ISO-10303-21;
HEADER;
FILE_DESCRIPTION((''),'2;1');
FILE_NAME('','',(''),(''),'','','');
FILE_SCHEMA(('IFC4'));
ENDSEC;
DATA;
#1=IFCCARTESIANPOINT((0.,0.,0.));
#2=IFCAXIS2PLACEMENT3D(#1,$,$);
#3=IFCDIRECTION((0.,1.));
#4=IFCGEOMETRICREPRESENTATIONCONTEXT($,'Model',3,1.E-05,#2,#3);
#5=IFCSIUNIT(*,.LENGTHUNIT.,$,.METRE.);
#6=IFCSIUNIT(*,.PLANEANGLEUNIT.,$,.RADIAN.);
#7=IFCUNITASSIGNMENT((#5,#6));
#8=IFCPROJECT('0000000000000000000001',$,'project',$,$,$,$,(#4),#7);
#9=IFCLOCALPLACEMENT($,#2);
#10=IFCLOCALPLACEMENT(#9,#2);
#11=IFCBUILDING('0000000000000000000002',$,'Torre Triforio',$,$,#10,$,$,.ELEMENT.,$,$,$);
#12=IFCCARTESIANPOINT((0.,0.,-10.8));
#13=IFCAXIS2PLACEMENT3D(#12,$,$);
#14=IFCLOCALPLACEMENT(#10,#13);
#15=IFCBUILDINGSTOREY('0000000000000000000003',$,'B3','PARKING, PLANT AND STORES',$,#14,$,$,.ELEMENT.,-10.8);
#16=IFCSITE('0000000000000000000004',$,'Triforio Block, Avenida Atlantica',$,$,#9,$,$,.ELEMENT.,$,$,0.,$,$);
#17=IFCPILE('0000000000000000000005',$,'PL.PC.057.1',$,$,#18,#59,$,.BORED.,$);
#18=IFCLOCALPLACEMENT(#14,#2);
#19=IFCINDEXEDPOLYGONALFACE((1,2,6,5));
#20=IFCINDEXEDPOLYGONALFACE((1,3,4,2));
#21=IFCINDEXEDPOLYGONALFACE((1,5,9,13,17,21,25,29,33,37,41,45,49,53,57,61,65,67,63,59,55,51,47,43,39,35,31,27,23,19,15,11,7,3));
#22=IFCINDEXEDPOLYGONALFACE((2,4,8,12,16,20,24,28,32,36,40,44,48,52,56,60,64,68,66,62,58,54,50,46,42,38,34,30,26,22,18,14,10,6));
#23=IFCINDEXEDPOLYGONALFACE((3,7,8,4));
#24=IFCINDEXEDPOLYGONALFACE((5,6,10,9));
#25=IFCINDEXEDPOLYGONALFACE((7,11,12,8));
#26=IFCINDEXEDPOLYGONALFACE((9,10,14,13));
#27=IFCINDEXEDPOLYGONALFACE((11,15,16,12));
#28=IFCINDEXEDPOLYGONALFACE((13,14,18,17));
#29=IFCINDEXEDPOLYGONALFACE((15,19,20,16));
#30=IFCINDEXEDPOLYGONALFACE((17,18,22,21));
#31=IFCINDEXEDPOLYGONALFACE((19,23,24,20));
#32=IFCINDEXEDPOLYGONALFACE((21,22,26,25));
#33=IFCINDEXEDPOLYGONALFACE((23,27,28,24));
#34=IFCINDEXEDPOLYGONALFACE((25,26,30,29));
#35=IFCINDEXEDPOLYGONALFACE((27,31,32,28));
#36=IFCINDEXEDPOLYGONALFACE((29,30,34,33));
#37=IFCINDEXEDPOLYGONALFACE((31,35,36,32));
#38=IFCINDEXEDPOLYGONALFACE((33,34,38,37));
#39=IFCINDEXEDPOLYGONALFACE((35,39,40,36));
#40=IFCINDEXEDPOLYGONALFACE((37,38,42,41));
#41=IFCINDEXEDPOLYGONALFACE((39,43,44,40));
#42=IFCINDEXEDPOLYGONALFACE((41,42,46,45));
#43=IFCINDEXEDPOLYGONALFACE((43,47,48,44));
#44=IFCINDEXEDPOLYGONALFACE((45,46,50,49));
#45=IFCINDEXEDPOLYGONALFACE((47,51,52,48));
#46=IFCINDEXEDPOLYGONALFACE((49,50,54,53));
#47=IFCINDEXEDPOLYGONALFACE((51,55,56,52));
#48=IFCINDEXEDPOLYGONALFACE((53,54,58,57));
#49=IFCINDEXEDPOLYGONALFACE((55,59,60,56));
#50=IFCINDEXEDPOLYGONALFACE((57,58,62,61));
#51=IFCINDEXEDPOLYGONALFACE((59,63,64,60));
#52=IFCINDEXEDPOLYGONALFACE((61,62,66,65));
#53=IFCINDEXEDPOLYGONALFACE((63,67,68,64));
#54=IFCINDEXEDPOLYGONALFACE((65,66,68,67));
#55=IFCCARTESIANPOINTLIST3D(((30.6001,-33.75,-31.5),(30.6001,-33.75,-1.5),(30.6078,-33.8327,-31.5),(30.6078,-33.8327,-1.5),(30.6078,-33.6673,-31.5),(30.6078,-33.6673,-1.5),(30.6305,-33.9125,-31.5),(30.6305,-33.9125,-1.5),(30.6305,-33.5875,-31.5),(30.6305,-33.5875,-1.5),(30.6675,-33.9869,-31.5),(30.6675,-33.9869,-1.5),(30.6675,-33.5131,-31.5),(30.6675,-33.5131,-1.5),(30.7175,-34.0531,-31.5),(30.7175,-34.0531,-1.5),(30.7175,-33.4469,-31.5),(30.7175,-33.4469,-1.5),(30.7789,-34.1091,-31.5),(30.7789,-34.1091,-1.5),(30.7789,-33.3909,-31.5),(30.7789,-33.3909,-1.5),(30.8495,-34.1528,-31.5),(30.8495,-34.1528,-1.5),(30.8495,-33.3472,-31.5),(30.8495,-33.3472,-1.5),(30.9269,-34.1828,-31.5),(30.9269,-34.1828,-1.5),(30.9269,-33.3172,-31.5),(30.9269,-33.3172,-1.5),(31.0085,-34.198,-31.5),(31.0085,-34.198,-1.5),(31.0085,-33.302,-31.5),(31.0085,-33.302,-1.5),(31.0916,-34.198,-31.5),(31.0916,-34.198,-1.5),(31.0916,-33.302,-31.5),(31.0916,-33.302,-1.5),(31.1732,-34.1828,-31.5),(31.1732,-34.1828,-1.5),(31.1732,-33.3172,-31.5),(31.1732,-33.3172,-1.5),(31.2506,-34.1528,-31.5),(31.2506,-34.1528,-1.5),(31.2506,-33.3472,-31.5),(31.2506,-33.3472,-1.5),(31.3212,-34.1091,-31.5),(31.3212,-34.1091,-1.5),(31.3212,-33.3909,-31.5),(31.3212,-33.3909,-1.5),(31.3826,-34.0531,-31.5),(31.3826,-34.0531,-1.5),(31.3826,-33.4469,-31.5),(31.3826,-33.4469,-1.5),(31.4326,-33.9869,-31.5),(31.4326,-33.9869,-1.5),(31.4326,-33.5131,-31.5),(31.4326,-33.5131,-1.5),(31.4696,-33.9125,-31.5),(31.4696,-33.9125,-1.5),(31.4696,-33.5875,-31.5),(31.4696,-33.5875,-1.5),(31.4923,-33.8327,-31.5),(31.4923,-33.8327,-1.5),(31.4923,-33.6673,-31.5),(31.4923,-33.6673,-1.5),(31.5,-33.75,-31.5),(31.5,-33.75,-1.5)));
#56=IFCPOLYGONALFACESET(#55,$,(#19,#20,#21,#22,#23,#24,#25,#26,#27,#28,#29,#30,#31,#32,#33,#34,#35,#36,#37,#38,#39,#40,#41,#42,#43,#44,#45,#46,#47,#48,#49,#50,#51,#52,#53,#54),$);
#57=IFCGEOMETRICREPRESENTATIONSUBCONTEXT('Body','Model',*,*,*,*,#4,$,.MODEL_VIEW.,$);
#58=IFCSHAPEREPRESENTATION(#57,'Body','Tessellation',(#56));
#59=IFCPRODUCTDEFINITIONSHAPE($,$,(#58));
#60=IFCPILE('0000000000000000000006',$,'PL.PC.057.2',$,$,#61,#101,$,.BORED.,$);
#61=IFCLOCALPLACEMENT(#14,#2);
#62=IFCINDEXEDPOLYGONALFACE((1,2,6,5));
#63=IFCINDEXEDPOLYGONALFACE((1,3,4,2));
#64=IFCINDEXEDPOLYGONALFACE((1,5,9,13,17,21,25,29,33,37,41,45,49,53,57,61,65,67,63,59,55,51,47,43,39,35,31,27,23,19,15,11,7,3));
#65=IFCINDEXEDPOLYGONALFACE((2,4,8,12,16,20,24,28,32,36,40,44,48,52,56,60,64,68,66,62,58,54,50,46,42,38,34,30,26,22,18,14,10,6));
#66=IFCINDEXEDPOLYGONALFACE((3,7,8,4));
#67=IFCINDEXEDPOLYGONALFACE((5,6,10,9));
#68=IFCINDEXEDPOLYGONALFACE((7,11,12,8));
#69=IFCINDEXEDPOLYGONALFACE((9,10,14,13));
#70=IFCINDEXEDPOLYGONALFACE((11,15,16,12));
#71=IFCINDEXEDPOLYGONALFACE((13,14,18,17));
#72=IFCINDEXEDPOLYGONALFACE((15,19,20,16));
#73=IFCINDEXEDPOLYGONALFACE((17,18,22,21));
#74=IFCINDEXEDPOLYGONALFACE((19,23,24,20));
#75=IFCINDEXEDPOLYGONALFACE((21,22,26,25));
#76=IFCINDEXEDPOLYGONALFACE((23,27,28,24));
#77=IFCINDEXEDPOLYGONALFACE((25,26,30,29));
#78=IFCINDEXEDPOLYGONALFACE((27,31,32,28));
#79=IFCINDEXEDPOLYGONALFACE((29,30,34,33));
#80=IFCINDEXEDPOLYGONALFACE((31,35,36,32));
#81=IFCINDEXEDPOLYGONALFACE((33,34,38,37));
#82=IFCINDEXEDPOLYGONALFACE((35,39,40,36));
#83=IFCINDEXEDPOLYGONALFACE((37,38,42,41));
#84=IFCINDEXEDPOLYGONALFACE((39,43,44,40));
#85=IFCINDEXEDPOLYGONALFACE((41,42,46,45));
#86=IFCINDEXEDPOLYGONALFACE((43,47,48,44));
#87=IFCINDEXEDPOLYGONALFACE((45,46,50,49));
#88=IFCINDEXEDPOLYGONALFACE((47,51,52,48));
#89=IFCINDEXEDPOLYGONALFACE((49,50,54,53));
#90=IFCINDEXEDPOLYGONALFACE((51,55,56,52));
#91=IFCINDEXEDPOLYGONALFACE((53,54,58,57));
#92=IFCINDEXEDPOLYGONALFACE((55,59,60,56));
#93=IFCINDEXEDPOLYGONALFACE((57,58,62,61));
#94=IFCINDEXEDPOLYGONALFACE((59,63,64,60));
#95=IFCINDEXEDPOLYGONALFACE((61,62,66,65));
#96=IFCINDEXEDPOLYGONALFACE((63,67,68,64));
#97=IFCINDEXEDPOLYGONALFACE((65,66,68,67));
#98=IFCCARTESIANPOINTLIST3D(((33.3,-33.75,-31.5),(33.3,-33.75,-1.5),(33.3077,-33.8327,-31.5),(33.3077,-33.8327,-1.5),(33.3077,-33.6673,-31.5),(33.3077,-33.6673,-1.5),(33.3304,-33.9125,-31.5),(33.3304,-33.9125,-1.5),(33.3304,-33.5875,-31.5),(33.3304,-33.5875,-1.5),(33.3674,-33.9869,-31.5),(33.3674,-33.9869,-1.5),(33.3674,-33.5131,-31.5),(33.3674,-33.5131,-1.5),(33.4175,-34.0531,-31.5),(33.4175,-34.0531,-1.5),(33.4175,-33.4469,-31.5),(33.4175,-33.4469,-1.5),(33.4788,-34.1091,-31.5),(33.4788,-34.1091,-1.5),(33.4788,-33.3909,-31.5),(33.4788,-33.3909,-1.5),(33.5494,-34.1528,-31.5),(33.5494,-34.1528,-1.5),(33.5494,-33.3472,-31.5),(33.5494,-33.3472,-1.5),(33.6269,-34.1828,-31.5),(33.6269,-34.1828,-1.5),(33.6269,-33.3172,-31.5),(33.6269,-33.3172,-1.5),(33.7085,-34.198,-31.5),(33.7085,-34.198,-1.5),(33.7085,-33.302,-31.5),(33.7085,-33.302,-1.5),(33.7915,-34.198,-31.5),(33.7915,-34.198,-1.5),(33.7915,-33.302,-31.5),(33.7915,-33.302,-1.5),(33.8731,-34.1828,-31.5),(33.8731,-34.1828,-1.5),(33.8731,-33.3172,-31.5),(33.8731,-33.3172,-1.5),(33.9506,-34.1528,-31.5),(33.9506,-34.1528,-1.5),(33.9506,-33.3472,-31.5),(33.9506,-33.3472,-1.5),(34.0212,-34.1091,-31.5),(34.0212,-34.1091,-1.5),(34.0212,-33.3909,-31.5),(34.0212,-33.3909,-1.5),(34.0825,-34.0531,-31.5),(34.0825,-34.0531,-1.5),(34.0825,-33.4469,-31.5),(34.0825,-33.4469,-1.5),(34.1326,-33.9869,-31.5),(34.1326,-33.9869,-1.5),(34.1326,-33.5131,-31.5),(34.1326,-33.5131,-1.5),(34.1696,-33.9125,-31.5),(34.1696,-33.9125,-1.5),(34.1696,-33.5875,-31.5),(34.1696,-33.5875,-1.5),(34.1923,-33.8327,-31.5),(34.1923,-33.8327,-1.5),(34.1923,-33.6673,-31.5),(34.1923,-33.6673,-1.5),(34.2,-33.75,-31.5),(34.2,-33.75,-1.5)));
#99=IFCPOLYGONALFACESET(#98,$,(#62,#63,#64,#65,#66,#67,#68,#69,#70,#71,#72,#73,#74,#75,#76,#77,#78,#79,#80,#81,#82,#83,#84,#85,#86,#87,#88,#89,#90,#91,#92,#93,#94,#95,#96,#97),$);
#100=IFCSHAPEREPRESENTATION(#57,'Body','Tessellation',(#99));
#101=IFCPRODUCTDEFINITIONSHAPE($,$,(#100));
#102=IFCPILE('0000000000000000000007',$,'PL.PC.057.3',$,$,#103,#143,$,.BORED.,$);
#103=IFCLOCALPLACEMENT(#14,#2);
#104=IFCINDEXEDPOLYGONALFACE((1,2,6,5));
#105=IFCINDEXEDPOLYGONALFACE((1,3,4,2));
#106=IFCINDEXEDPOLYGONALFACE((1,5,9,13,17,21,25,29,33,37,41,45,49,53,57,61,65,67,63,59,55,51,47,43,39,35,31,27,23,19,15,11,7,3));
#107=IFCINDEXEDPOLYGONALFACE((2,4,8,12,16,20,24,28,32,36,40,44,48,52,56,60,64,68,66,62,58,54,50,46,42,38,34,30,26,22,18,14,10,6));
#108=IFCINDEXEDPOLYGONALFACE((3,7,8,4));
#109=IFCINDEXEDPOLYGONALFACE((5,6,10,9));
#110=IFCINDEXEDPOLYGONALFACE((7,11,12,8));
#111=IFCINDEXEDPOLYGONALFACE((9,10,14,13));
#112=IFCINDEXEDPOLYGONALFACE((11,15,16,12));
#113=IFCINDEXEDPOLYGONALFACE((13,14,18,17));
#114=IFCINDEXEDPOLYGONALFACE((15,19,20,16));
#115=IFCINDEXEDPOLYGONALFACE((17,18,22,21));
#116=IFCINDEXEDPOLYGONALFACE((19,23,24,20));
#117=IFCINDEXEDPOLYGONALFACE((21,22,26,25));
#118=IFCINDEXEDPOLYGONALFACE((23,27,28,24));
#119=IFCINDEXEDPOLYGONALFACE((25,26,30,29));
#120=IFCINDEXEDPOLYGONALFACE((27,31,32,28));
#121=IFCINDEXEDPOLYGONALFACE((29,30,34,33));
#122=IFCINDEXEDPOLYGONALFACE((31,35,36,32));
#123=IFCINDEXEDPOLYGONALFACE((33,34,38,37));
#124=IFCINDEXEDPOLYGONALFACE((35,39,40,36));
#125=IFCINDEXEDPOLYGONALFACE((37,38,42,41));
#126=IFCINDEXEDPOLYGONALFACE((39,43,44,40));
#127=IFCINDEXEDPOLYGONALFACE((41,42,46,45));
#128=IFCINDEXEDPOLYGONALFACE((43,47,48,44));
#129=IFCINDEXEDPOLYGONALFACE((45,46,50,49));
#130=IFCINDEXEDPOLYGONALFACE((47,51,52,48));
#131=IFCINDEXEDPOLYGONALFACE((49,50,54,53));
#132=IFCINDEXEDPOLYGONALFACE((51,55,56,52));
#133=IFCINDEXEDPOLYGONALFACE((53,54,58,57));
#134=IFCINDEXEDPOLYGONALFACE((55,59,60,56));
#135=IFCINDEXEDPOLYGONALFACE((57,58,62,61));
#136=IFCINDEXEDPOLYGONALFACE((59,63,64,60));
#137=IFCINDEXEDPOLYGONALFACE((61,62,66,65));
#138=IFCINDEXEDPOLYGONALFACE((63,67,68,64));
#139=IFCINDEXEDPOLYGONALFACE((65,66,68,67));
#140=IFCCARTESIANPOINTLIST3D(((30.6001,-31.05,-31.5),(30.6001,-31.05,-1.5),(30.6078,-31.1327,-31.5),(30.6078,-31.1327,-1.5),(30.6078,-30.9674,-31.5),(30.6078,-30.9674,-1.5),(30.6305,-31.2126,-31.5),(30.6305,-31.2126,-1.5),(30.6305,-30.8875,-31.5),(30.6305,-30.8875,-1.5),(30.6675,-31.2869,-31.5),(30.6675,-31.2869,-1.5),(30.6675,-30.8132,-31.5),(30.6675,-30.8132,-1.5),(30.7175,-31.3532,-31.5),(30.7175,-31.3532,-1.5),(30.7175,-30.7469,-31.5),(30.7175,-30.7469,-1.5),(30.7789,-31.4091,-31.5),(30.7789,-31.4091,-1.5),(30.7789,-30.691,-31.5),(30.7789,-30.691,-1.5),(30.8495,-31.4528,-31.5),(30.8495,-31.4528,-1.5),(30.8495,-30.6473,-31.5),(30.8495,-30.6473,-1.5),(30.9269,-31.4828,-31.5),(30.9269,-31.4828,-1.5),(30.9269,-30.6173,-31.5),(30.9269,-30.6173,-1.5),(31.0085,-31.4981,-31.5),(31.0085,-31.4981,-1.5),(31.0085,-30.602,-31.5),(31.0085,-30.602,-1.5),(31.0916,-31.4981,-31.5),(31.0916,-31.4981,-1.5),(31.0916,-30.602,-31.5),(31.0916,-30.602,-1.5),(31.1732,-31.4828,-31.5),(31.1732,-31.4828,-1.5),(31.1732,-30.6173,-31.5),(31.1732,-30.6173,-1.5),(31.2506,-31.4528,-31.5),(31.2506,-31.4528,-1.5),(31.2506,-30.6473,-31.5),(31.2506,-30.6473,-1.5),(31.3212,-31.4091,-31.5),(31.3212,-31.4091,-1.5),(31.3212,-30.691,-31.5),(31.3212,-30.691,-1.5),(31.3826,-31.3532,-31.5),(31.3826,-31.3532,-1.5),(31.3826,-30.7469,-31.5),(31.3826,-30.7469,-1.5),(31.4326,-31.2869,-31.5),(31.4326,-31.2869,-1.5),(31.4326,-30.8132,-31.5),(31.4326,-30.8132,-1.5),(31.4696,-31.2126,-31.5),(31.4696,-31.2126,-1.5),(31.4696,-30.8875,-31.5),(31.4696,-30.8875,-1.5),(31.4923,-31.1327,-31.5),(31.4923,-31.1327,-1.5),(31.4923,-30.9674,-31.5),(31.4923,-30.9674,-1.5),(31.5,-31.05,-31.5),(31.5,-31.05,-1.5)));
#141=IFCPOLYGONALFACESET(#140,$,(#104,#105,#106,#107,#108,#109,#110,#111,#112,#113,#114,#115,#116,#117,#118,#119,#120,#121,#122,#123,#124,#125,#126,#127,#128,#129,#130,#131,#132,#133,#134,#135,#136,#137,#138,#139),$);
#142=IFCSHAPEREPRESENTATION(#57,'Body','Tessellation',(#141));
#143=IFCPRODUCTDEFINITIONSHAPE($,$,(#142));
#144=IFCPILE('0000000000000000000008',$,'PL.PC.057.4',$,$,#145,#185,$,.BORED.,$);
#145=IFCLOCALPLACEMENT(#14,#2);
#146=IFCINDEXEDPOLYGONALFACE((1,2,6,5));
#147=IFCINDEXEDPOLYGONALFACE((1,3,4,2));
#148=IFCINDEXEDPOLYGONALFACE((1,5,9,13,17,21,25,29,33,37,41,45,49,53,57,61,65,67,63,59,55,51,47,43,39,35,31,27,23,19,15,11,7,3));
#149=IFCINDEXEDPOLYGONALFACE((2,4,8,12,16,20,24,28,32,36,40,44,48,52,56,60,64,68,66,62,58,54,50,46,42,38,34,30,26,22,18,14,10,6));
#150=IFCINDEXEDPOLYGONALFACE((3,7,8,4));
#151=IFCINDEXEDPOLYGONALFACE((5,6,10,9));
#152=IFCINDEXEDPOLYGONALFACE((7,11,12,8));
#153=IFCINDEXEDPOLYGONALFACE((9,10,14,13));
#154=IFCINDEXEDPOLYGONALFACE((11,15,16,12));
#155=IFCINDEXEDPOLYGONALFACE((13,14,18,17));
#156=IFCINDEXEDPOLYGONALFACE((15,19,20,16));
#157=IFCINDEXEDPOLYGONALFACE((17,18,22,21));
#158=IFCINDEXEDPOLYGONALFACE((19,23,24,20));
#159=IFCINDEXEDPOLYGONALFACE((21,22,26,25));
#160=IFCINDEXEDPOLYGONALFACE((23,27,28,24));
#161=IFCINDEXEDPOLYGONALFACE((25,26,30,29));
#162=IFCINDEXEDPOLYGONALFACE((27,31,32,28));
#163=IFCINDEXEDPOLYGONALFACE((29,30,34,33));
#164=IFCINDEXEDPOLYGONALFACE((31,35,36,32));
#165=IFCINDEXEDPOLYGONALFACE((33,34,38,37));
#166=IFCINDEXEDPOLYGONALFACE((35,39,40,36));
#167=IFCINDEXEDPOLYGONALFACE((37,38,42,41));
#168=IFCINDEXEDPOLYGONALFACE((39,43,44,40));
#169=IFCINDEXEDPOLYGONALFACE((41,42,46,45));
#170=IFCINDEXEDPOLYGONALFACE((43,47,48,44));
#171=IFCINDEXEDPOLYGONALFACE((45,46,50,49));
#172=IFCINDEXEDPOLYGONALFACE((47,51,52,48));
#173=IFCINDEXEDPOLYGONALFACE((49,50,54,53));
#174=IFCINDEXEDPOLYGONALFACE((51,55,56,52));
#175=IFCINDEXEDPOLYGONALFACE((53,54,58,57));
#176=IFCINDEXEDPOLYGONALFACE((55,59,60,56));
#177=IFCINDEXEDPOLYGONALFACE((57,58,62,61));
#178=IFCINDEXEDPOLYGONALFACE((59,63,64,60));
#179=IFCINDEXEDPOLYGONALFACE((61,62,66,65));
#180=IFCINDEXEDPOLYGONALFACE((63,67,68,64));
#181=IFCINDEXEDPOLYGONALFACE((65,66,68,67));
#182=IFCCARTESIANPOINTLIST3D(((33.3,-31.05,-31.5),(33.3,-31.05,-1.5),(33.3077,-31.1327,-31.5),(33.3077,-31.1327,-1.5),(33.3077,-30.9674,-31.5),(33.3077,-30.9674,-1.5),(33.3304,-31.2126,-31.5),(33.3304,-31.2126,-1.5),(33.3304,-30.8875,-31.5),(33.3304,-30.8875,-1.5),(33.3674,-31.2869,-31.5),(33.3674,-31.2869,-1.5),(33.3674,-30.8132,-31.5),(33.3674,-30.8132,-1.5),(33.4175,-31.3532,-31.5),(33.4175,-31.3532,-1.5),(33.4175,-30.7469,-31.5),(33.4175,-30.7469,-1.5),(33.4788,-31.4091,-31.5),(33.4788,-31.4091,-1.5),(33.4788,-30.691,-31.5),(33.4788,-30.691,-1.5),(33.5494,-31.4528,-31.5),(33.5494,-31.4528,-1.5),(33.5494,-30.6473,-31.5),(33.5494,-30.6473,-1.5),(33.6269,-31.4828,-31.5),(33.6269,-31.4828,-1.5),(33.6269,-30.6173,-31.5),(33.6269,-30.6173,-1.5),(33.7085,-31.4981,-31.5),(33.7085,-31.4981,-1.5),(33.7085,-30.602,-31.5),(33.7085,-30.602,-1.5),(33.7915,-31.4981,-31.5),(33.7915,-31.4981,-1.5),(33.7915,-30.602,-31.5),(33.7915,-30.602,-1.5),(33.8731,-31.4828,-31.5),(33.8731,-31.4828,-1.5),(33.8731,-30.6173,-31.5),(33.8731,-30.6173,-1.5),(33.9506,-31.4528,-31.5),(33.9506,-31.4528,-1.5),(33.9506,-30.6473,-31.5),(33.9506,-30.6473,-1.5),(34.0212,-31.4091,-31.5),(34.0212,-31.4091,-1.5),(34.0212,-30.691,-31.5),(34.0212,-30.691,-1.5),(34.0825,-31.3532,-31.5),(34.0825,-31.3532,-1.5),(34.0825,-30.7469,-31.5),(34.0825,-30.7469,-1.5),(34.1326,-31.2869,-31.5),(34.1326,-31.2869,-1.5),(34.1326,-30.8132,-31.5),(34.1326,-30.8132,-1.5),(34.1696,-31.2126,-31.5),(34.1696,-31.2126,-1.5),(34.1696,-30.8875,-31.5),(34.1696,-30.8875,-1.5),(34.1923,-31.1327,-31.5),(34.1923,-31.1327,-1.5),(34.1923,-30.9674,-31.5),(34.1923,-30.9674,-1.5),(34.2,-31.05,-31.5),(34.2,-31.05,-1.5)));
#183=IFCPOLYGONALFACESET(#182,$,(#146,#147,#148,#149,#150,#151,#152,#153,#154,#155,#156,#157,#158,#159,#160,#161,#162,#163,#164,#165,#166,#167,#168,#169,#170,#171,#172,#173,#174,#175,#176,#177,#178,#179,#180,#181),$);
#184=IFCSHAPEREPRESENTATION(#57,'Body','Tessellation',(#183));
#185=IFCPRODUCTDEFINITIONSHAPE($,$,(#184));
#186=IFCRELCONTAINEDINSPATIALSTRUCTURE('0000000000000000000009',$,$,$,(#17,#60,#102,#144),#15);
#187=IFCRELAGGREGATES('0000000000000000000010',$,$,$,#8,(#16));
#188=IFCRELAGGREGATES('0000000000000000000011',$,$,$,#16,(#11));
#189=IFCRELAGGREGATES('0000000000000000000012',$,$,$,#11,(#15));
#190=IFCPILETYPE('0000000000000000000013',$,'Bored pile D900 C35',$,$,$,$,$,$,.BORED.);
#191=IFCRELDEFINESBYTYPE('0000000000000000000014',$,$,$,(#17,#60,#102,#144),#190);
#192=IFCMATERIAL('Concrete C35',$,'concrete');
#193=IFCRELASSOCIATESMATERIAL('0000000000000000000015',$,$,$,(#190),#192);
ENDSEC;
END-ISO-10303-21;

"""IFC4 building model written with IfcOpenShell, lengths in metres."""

from ifc_helpers import new_model, si_unit, direction, frame, origin, origin_2d, place, context, subcontext, project, spatial, circle, extrude, material, material_profile, profile_set, type_object, element, save


model = new_model("IFC4")

# Units and contexts
model_context = context("Model", 3, precision=1e-05, world=origin(), true_north=direction((0.0, 1.0)))
body_context = subcontext(model_context, "Body", "Model", "MODEL_VIEW")
ifc_project = project(units=[si_unit("LENGTHUNIT", "METRE"), si_unit("PLANEANGLEUNIT", "RADIAN")], contexts=[model_context])

# Site, building, storey
site_placement = place(None, origin())
site = spatial("IfcSite", under=ifc_project, at=site_placement, Name="Triforio Block, Avenida Atlantica", CompositionType="ELEMENT", RefElevation=0.0)
building_placement = place(site_placement, origin())
building = spatial("IfcBuilding", under=site, at=building_placement, Name="Torre Triforio", CompositionType="ELEMENT")
storey_placement = place(building_placement, frame((0.0, 0.0, -10.8)))
storey = spatial("IfcBuildingStorey", under=building, at=storey_placement, Name="B3", Description="PARKING, PLANT AND STORES", CompositionType="ELEMENT", Elevation=-10.8)

# Piles
ifc_material_1 = material(Name="Concrete C35", Category="concrete")
ifc_material_profile_1 = material_profile(ifc_material_1, circle(Radius=0.45, at=origin_2d()), Name="RC D900")
ifc_profile_set_1 = profile_set([ifc_material_profile_1], Name="Concrete C35")
pile_type = type_object("IfcPileType", Name="Bored pile D900 C35", PredefinedType="BORED", material=ifc_profile_set_1)
for number, where, z_axis, x_axis, name in (
    (1, (31.05, -33.75, -1.5), (0.0, 0.0, -1.0), (1.0, 0.0, 0.0), "PL.PC.057.1"),
    (2, (33.75, -33.75, -1.5), (0.0, 0.0, -1.0), (1.0, 0.0, 0.0), "PL.PC.057.2"),
    (3, (31.05, -31.05, -1.5), (0.0, 0.0, -1.0), (1.0, 0.0, 0.0), "PL.PC.057.3"),
    (4, (33.75, -31.05, -1.5), (0.0, 0.0, -1.0), (1.0, 0.0, 0.0), "PL.PC.057.4"),
):
    element("IfcPile", number, at=place(storey_placement, frame(where, z_axis=z_axis, x_axis=x_axis)), inside=storey, type_object=pile_type, Name=name, PredefinedType="BORED", context=body_context, shape_type="SweptSolid", body=[
        extrude(circle(Radius=0.45, at=origin_2d()), origin(), (0.0, 0.0, 1.0), 30.0),
    ])

save(model, "model.ifc")
